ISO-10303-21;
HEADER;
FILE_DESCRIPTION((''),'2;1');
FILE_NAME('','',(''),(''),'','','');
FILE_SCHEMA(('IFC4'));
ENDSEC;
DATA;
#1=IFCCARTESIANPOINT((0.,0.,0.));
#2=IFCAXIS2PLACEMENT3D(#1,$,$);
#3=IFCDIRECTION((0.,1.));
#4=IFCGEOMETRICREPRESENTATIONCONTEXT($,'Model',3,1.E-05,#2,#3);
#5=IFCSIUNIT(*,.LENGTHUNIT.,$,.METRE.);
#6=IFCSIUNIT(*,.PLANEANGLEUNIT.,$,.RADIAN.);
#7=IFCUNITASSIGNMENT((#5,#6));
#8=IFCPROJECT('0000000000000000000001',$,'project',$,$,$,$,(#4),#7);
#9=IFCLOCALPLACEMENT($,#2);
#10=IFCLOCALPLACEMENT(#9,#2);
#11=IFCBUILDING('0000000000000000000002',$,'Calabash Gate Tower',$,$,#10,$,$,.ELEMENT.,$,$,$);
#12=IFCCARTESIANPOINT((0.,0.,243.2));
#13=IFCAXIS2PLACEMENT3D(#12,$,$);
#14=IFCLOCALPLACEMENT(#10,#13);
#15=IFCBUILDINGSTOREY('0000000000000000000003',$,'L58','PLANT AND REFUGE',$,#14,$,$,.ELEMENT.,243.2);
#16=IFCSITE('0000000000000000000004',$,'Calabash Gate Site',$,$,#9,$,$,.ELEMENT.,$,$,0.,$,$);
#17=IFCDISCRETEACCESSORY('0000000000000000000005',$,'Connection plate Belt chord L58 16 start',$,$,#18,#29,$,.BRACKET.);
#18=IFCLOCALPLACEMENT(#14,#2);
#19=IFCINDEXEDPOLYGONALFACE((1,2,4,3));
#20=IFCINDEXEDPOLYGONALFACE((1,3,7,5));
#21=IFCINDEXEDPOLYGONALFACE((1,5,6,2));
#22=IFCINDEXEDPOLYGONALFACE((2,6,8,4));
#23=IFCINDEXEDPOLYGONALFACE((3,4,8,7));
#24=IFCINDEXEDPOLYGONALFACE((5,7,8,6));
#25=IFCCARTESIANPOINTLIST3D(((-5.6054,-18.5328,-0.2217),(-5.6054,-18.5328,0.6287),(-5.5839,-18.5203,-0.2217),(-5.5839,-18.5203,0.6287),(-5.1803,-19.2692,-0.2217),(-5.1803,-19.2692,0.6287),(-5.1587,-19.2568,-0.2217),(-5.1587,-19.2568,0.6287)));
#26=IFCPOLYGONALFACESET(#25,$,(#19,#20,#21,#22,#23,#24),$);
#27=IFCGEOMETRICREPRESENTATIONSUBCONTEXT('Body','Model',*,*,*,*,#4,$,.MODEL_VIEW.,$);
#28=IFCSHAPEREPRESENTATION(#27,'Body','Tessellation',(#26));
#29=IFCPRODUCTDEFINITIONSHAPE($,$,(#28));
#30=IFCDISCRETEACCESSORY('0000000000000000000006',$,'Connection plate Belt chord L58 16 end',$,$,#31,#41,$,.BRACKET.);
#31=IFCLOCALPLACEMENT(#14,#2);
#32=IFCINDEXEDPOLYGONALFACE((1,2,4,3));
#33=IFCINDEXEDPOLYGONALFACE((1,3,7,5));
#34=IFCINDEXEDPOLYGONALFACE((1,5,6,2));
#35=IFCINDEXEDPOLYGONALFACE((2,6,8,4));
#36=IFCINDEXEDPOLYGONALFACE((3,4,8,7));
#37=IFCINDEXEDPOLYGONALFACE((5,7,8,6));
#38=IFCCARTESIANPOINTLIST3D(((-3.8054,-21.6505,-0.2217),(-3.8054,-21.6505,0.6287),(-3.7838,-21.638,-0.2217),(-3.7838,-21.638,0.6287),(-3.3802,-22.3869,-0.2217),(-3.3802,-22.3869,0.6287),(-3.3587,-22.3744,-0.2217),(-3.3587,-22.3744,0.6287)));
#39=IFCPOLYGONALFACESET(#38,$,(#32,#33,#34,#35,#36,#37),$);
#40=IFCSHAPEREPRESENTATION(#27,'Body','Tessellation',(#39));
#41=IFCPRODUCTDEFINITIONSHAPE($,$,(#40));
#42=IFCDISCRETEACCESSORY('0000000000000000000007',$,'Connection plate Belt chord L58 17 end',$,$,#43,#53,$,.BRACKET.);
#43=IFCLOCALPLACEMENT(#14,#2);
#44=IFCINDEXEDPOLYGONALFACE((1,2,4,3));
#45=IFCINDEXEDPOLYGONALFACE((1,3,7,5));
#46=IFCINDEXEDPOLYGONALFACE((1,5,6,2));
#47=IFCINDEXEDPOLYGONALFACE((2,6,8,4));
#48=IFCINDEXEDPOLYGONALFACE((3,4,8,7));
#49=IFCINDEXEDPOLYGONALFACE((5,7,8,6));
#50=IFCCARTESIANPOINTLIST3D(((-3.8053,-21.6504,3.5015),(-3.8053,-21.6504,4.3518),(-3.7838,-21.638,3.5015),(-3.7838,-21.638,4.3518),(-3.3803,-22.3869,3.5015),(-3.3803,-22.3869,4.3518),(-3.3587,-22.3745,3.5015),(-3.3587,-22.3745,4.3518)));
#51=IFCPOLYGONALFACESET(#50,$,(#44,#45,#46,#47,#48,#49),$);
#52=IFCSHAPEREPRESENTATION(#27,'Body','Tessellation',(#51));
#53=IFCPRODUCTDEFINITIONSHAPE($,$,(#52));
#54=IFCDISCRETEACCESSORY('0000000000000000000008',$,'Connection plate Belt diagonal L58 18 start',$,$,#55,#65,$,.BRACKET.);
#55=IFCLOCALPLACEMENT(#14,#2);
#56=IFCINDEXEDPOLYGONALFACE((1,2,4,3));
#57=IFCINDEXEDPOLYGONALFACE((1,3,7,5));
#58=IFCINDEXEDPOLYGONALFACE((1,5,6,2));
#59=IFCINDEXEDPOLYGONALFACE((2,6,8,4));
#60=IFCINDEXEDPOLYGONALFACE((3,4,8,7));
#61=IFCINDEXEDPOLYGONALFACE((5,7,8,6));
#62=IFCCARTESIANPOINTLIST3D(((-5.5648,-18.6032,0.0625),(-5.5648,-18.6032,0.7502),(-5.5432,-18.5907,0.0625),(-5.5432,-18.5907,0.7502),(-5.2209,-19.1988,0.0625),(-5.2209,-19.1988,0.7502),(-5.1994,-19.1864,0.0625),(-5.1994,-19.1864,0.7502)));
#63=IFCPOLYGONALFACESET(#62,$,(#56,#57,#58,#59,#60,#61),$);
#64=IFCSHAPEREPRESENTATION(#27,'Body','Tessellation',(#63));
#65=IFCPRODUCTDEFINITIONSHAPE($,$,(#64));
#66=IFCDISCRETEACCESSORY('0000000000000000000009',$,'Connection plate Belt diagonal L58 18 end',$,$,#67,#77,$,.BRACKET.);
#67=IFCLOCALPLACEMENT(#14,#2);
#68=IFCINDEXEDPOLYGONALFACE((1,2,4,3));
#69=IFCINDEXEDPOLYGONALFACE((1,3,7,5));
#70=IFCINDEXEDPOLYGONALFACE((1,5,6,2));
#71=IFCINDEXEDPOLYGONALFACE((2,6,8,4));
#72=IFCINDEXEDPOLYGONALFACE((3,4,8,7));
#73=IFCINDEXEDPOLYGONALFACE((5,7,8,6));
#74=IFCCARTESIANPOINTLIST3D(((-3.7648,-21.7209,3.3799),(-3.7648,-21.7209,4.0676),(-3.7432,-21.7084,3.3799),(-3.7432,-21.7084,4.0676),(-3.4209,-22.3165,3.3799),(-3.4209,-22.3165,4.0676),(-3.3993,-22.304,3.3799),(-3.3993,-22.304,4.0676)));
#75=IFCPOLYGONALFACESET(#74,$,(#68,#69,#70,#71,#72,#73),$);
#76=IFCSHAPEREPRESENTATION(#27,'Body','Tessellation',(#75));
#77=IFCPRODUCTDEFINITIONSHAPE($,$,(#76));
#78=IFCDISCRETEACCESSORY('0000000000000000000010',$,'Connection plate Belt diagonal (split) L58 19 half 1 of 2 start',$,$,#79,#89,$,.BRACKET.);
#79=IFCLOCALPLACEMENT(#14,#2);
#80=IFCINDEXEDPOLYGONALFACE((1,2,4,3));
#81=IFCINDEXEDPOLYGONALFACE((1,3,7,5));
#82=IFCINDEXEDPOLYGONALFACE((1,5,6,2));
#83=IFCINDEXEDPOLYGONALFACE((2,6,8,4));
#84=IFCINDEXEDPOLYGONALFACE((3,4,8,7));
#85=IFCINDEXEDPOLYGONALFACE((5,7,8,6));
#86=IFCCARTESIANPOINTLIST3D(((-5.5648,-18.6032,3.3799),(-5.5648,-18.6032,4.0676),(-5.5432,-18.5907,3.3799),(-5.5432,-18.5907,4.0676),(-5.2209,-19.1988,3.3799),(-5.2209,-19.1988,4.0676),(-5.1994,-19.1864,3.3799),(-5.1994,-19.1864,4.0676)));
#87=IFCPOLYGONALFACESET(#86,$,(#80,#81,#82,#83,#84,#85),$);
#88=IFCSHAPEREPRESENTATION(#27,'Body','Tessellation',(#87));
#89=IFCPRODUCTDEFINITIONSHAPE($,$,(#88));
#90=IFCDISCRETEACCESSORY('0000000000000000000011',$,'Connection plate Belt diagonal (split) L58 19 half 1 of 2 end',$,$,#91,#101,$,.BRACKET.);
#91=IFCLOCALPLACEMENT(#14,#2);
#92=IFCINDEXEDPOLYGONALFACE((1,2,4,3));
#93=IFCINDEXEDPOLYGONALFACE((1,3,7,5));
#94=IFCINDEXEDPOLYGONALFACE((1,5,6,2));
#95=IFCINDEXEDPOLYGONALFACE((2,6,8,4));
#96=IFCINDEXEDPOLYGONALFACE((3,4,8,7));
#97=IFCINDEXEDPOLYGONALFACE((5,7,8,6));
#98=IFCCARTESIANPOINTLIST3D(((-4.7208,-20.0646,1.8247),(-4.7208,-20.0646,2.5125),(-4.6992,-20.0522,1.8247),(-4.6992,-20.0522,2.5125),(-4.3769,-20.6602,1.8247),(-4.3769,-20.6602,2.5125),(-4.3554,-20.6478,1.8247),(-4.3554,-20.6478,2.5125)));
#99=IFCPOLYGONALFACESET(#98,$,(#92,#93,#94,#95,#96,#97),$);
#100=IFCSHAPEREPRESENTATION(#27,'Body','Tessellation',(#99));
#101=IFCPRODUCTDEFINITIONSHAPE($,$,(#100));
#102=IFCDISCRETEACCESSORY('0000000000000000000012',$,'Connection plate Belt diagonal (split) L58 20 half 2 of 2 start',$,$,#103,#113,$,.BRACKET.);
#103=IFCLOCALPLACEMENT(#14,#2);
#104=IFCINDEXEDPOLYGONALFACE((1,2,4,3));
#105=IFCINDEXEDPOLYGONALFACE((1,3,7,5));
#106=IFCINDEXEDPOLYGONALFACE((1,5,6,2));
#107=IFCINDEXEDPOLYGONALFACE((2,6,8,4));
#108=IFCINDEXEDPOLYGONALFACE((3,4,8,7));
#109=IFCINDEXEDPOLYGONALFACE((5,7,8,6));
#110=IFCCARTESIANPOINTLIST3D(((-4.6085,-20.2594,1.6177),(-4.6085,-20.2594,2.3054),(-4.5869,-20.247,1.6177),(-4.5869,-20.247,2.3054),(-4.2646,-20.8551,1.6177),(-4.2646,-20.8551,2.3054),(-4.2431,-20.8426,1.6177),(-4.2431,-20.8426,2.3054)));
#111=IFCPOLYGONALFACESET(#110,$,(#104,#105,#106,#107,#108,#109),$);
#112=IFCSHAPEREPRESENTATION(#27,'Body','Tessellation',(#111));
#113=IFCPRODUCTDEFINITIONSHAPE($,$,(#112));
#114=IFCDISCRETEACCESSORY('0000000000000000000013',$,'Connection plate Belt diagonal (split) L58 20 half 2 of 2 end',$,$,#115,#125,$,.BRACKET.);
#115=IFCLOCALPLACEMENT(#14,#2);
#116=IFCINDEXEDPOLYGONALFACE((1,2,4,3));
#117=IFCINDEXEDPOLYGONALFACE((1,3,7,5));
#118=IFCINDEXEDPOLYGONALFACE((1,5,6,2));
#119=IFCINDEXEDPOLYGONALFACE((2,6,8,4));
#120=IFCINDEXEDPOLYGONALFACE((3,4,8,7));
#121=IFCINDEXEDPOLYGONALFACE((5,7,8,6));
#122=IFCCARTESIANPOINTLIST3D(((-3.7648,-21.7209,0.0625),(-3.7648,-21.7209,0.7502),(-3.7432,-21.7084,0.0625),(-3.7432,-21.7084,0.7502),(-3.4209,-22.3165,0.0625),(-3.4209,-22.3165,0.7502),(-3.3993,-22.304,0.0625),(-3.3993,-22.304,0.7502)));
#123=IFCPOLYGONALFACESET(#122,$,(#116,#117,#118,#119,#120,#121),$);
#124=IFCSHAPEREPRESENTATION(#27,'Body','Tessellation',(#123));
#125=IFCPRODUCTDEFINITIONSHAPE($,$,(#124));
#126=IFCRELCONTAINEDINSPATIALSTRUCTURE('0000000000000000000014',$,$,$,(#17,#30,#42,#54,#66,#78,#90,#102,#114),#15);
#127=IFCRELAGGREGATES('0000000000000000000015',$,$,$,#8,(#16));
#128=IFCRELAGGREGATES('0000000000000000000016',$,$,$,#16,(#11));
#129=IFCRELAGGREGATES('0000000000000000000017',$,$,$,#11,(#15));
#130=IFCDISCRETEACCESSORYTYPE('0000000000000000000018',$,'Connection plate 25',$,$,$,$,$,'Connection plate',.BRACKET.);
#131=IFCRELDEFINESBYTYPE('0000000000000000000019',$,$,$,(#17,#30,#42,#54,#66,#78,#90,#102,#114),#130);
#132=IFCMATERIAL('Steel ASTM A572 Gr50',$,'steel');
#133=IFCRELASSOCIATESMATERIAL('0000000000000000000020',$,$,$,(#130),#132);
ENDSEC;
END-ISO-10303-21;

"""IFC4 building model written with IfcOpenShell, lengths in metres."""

from ifc_helpers import new_model, si_unit, direction, frame, origin, origin_2d, place, context, subcontext, project, spatial, rectangle, extrude, material, type_object, element, save


model = new_model("IFC4")

# Units and contexts
model_context = context("Model", 3, precision=1e-05, world=origin(), true_north=direction((0.0, 1.0)))
body_context = subcontext(model_context, "Body", "Model", "MODEL_VIEW")
ifc_project = project(units=[si_unit("LENGTHUNIT", "METRE"), si_unit("PLANEANGLEUNIT", "RADIAN")], contexts=[model_context])

# Site, building, storey
site_placement = place(None, origin())
site = spatial("IfcSite", under=ifc_project, at=site_placement, Name="Calabash Gate Site", CompositionType="ELEMENT", RefElevation=0.0)
building_placement = place(site_placement, origin())
building = spatial("IfcBuilding", under=site, at=building_placement, Name="Calabash Gate Tower", CompositionType="ELEMENT")
storey_placement = place(building_placement, frame((0.0, 0.0, 243.2)))
storey = spatial("IfcBuildingStorey", under=building, at=storey_placement, Name="L58", Description="PLANT AND REFUGE", CompositionType="ELEMENT", Elevation=243.2)

# Discrete accessories
ifc_material_1 = material(Name="Steel ASTM A572 Gr50", Category="steel")
discrete_accessory_type = type_object("IfcDiscreteAccessoryType", Name="Connection plate 25", ElementType="Connection plate", PredefinedType="BRACKET", material=ifc_material_1)
for number, where, z_axis, x_axis, name in (
    (1, (-5.3821, -18.8948, -0.2217), (0.0, 0.0, 1.0), (0.5, -0.866026, 0.0), "Connection plate Belt chord L58 16 start"),
    (2, (-3.582, -22.0125, -0.2217), (0.0, 0.0, 1.0), (0.5, -0.866026, 0.0), "Connection plate Belt chord L58 16 end"),
    (3, (-3.582, -22.0125, 3.5015), (0.0, 0.0, 1.0), (0.499871, -0.8661, 0.0), "Connection plate Belt chord L58 17 end"),
):
    element("IfcDiscreteAccessory", number, at=place(storey_placement, frame(where, z_axis=z_axis, x_axis=x_axis)), inside=storey, type_object=discrete_accessory_type, Name=name, PredefinedType="BRACKET", context=body_context, shape_type="SweptSolid", body=[
        extrude(rectangle(XDim=0.8503, YDim=0.0249, at=origin_2d()), origin(), (0.0, 0.0, 1.0), 0.8503),
    ])
for number, where, z_axis, x_axis, name in (
    (4, (-5.3821, -18.8948, 0.0625), (0.0, 0.0, 1.0), (0.5, -0.866026, 0.0), "Connection plate Belt diagonal L58 18 start"),
    (5, (-3.582, -22.0125, 3.3799), (0.0, 0.0, 1.0), (0.5, -0.866026, 0.0), "Connection plate Belt diagonal L58 18 end"),
    (6, (-5.3821, -18.8948, 3.3799), (0.0, 0.0, 1.0), (0.5, -0.866026, 0.0), "Connection plate Belt diagonal (split) L58 19 half 1 of 2 start"),
    (7, (-4.5381, -20.3562, 1.8247), (0.0, 0.0, 1.0), (0.5, -0.866026, 0.0), "Connection plate Belt diagonal (split) L58 19 half 1 of 2 end"),
    (8, (-4.4258, -20.551, 1.6177), (0.0, 0.0, 1.0), (0.5, -0.866026, 0.0), "Connection plate Belt diagonal (split) L58 20 half 2 of 2 start"),
    (9, (-3.582, -22.0125, 0.0625), (0.0, 0.0, 1.0), (0.5, -0.866026, 0.0), "Connection plate Belt diagonal (split) L58 20 half 2 of 2 end"),
):
    element("IfcDiscreteAccessory", number, at=place(storey_placement, frame(where, z_axis=z_axis, x_axis=x_axis)), inside=storey, type_object=discrete_accessory_type, Name=name, PredefinedType="BRACKET", context=body_context, shape_type="SweptSolid", body=[
        extrude(rectangle(XDim=0.6877, YDim=0.0249, at=origin_2d()), origin(), (0.0, 0.0, 1.0), 0.6877),
    ])

save(model, "model.ifc")
